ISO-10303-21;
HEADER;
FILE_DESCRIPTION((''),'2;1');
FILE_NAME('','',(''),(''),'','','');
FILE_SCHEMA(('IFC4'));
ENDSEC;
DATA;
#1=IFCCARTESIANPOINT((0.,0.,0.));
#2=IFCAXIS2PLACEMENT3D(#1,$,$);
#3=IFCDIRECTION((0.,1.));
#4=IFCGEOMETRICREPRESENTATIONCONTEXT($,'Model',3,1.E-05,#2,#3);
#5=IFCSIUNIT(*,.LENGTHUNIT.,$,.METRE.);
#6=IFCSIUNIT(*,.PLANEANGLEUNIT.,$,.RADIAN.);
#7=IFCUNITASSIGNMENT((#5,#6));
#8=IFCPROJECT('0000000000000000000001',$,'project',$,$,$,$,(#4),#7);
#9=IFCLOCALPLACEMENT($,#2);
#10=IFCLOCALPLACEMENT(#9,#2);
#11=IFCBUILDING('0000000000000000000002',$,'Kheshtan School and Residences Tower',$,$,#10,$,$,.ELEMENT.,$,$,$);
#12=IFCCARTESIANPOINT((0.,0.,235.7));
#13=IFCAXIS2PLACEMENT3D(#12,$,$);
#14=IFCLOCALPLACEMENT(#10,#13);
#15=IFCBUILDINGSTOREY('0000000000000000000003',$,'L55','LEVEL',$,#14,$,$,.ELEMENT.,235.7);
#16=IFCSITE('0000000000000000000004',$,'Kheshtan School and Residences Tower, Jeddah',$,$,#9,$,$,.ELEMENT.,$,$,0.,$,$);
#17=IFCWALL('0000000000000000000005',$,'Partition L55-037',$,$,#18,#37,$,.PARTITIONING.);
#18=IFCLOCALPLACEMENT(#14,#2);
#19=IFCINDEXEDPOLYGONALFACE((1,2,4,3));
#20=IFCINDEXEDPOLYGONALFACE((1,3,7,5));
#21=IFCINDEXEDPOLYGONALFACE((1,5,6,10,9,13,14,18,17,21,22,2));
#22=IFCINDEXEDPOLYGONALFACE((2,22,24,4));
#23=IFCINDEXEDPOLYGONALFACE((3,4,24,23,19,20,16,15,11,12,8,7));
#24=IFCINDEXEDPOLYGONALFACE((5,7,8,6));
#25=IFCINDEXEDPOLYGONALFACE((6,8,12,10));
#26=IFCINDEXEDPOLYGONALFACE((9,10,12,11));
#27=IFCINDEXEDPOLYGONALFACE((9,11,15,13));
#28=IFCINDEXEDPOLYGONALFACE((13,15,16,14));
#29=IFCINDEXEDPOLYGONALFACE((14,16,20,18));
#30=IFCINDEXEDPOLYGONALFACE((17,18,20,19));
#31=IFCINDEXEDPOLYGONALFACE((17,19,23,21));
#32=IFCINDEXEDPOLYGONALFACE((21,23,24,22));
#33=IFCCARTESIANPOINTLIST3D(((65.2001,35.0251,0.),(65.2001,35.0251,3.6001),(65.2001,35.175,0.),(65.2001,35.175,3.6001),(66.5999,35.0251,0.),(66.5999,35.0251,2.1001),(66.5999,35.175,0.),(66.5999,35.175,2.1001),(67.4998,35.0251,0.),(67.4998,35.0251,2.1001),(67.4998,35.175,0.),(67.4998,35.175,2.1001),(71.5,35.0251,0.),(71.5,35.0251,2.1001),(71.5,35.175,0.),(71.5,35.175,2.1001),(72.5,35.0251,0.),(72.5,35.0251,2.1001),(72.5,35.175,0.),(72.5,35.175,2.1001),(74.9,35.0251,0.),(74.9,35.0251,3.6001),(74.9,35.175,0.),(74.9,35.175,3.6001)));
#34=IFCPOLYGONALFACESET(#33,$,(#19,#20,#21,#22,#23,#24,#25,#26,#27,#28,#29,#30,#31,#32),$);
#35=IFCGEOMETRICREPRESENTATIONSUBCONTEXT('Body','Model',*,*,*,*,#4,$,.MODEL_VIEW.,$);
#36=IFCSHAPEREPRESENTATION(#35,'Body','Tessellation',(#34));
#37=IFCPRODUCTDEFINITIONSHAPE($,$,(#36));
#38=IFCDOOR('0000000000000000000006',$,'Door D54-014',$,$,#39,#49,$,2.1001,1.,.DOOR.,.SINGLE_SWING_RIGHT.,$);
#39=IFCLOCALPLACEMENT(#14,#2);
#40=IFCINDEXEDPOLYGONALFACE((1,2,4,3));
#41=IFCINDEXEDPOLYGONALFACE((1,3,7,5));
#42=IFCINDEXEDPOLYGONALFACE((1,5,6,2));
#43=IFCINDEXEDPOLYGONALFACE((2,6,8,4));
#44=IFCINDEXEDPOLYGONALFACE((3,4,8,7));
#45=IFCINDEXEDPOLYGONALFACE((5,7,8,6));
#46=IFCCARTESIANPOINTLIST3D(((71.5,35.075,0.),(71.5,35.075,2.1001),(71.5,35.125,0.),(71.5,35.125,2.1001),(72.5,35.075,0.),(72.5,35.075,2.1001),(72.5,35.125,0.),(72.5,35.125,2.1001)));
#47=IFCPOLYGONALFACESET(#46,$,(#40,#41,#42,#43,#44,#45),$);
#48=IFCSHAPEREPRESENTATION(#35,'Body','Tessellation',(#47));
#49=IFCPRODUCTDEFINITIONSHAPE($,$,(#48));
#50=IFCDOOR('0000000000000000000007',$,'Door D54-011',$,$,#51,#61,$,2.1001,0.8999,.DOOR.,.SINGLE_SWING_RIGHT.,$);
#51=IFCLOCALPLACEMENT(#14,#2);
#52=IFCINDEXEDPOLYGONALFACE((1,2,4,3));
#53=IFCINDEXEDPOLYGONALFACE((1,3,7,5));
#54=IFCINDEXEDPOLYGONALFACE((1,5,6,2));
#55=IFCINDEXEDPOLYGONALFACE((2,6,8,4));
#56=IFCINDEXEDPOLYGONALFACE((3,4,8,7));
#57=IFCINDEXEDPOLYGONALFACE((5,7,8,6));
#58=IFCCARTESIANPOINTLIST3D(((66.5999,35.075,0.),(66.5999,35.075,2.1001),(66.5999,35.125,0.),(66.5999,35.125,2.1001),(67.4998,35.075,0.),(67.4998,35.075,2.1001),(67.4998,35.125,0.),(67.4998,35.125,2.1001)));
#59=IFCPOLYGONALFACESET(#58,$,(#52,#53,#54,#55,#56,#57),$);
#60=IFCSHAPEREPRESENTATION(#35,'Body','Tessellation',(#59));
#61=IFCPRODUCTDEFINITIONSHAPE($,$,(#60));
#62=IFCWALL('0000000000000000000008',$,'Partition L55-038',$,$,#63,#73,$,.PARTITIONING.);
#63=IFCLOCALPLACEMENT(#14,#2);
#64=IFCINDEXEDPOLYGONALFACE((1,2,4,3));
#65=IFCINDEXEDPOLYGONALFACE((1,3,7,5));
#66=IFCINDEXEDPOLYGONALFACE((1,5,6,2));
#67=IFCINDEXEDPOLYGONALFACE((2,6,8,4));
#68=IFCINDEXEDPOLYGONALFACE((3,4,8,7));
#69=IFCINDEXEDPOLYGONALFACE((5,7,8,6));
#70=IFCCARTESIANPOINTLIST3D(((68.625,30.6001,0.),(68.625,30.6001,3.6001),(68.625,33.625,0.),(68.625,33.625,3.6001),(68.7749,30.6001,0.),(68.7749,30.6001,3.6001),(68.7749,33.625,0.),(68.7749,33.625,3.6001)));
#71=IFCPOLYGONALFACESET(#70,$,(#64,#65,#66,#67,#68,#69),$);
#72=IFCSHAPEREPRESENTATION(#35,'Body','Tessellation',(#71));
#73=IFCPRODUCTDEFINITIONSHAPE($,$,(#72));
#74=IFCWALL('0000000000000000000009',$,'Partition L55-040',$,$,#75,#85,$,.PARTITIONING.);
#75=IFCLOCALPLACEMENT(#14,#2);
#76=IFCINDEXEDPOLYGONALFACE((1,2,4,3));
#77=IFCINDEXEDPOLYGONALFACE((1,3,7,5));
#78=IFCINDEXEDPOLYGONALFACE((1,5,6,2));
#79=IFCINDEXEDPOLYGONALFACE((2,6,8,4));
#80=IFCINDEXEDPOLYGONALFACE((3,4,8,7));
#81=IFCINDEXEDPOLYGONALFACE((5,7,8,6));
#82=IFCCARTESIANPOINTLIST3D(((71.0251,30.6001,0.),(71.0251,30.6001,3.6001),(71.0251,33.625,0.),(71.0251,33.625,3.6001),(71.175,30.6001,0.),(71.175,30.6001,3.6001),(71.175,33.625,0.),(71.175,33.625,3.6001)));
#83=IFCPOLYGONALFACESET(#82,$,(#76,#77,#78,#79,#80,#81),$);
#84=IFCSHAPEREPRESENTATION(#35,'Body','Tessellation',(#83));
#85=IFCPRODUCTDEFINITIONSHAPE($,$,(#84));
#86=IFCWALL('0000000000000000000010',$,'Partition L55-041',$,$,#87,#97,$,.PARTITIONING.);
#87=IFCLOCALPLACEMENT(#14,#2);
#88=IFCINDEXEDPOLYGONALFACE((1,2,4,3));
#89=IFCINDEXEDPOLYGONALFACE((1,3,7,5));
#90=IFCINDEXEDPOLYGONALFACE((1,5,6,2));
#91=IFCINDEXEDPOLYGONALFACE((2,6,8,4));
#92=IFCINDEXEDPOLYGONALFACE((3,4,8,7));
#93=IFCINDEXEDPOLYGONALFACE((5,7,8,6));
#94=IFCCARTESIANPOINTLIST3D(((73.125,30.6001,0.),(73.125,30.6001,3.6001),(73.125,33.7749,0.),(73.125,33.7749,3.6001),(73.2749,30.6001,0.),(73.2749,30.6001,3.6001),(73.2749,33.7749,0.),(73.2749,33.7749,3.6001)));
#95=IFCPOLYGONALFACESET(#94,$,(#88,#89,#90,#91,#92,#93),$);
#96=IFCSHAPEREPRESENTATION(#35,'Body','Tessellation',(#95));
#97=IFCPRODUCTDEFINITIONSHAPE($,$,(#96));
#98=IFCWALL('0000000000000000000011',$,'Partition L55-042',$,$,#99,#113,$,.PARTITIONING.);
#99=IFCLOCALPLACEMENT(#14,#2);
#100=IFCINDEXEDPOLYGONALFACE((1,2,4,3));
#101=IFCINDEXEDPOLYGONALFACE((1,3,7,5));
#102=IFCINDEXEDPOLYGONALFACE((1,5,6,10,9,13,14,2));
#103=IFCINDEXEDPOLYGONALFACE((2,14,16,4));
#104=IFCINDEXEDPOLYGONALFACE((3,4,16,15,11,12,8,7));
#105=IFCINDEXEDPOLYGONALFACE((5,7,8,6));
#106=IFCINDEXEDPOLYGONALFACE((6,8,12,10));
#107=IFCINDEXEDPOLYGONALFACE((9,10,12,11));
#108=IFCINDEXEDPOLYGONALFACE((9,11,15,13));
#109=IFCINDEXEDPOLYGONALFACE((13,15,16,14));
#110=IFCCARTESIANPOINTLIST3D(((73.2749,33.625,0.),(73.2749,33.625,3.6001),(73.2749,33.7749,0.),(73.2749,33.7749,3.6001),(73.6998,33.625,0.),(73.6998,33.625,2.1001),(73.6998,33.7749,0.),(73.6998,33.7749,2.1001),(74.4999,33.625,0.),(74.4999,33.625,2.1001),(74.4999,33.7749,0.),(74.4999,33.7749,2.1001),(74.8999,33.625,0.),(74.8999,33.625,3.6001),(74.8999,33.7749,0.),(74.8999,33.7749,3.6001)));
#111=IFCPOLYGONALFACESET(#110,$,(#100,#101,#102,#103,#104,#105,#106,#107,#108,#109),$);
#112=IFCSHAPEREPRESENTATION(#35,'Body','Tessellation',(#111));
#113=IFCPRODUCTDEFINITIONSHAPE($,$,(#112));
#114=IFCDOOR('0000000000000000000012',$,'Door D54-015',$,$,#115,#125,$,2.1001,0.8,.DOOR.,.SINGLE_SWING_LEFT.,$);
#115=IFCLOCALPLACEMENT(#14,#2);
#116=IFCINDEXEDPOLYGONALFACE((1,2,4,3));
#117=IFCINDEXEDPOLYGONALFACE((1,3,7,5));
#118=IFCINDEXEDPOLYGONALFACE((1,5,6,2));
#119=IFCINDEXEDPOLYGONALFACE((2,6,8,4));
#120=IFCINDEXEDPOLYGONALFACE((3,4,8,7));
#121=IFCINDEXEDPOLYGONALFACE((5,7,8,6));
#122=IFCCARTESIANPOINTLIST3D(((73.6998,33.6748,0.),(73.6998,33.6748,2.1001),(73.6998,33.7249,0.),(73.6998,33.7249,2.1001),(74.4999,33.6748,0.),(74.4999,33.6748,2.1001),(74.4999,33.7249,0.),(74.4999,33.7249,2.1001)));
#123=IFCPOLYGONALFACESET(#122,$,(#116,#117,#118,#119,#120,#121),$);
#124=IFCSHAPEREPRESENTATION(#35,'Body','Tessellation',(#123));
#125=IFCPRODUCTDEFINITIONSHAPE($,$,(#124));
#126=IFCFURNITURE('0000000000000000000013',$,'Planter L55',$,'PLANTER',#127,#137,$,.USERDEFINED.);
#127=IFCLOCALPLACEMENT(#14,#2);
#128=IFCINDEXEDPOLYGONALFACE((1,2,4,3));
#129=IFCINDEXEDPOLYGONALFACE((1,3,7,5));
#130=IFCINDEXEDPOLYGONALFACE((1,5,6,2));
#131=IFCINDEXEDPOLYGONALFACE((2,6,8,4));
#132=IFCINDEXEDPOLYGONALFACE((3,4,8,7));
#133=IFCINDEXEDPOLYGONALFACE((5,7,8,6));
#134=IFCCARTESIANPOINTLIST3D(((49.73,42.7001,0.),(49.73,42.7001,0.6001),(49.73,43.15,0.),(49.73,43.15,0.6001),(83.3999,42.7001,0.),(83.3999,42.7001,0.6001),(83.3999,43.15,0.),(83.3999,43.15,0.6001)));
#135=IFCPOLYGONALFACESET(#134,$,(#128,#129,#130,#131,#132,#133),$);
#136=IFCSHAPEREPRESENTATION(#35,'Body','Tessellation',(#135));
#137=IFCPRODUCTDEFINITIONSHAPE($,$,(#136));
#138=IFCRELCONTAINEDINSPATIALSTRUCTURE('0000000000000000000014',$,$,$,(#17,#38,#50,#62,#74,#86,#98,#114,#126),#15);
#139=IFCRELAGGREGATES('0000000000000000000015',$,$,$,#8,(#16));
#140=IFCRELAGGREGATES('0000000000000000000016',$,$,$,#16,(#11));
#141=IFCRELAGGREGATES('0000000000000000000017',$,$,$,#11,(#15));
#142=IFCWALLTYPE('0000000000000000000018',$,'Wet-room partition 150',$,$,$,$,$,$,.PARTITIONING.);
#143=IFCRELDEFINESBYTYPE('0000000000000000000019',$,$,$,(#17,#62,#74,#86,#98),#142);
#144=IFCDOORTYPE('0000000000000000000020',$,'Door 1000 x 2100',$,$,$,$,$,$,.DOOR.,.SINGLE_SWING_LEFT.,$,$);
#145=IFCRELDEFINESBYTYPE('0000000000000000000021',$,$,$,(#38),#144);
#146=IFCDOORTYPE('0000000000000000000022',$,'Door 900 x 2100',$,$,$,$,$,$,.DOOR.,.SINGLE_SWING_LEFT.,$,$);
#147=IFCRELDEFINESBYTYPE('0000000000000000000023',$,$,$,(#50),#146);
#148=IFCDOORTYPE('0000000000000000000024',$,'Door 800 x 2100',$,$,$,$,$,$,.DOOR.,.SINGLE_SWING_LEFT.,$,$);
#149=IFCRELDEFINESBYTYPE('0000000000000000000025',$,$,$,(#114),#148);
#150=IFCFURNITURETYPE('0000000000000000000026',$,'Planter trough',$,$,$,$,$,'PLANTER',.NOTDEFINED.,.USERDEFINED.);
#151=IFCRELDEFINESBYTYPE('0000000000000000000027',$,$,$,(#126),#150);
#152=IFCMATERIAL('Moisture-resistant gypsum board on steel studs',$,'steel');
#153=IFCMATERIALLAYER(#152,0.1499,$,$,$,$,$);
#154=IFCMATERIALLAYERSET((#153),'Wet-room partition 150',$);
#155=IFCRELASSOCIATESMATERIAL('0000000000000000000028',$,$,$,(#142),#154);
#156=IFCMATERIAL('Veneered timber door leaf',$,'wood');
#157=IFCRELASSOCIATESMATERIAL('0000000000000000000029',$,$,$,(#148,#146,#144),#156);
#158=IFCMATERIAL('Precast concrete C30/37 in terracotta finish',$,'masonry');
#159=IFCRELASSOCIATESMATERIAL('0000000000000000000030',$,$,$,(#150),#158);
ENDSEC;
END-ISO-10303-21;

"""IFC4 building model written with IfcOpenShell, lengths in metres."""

from ifc_helpers import new_model, si_unit, direction, frame, frame_2d, origin, origin_2d, place, context, subcontext, project, spatial, rectangle, extrude, source, transform, mapped, material, layer, layer_set, type_object, element, fill, save


model = new_model("IFC4")

# Units and contexts
model_context = context("Model", 3, precision=1e-05, world=origin(), true_north=direction((0.0, 1.0)))
body_context = subcontext(model_context, "Body", "Model", "MODEL_VIEW")
ifc_project = project(units=[si_unit("LENGTHUNIT", "METRE"), si_unit("PLANEANGLEUNIT", "RADIAN")], contexts=[model_context])

# Site, building, storey
site_placement = place(None, origin())
site = spatial("IfcSite", under=ifc_project, at=site_placement, Name="Kheshtan School and Residences Tower, Jeddah", CompositionType="ELEMENT", RefElevation=0.0)
building_placement = place(site_placement, origin())
building = spatial("IfcBuilding", under=site, at=building_placement, Name="Kheshtan School and Residences Tower", CompositionType="ELEMENT")
storey_placement = place(building_placement, frame((0.0, 0.0, 235.7)))
storey = spatial("IfcBuildingStorey", under=building, at=storey_placement, Name="L55", Description="LEVEL", CompositionType="ELEMENT", Elevation=235.7)

# Wall, openings, doors
ifc_material_1 = material(Name="Moisture-resistant gypsum board on steel studs", Category="steel")
ifc_layer_1 = layer(ifc_material_1, 0.1499)
ifc_layer_set_1 = layer_set([ifc_layer_1], Name="Wet-room partition 150")
wall_type_1 = type_object("IfcWallType", Name="Wet-room partition 150", PredefinedType="PARTITIONING", material=ifc_layer_set_1)
ifc_material_2 = material(Name="Veneered timber door leaf", Category="wood")
door_type_1 = type_object("IfcDoorType", Name="Door 800 x 2100", OperationType="SINGLE_SWING_LEFT", PredefinedType="DOOR", material=ifc_material_2)
shared_shape_1 = source(origin(), body_context, "Body", "SweptSolid", [
    extrude(rectangle(XDim=0.8, YDim=2.1001, at=frame_2d((0.3999, 1.05))), frame((0.0, 0.0249, 0.0), z_axis=(0.0, -1.0, 0.0), x_axis=(1.0, 0.0, 0.0)), (0.0, 0.0, 1.0), 0.05),
])
door_type_2 = type_object("IfcDoorType", Name="Door 900 x 2100", OperationType="SINGLE_SWING_LEFT", PredefinedType="DOOR", material=ifc_material_2)
shared_shape_2 = source(origin(), body_context, "Body", "SweptSolid", [
    extrude(rectangle(XDim=0.8999, YDim=2.1001, at=frame_2d((0.45, 1.05))), frame((0.0, 0.0249, 0.0), z_axis=(0.0, -1.0, 0.0), x_axis=(1.0, 0.0, 0.0)), (0.0, 0.0, 1.0), 0.05),
])
wall_1_placement = place(storey_placement, frame((65.2, 35.1001, 0.0), z_axis=(0.0, 0.0, 1.0), x_axis=(1.0, 0.0, 0.0)))
wall_1 = element("IfcWall", 1, at=wall_1_placement, inside=storey, type_object=wall_type_1, Name="Partition L55-037", PredefinedType="PARTITIONING", context=body_context, shape_type="SweptSolid", body=[
    extrude(rectangle(XDim=9.7, YDim=0.1499, at=frame_2d((4.8501, 0.0))), origin(), (0.0, 0.0, 1.0), 3.6001),
])
opening_1_placement = place(wall_1_placement, frame((1.3999, 0.0, 0.0)))
opening_1 = element("IfcOpeningElement", 2, at=opening_1_placement, cuts=wall_1, PredefinedType="OPENING", context=body_context, shape_type="SweptSolid", body=[
    extrude(rectangle(XDim=0.8999, YDim=2.1001, at=frame_2d((0.45, 1.05))), frame((0.0, 0.085, 0.0), z_axis=(0.0, -1.0, 0.0), x_axis=(1.0, 0.0, 0.0)), (0.0, 0.0, 1.0), 0.1699),
])
opening_2_placement = place(wall_1_placement, frame((6.3, 0.0, 0.0)))
opening_2 = element("IfcOpeningElement", 3, at=opening_2_placement, cuts=wall_1, PredefinedType="OPENING", context=body_context, shape_type="SweptSolid", body=[
    extrude(rectangle(XDim=1.0, YDim=2.1001, at=frame_2d((0.5, 1.05))), frame((0.0, 0.085, 0.0), z_axis=(0.0, -1.0, 0.0), x_axis=(1.0, 0.0, 0.0)), (0.0, 0.0, 1.0), 0.1699),
])
door_type_3 = type_object("IfcDoorType", Name="Door 1000 x 2100", OperationType="SINGLE_SWING_LEFT", PredefinedType="DOOR", material=ifc_material_2)
shared_shape_3 = source(origin(), body_context, "Body", "SweptSolid", [
    extrude(rectangle(XDim=1.0, YDim=2.1001, at=frame_2d((0.5, 1.05))), frame((0.0, 0.0249, 0.0), z_axis=(0.0, -1.0, 0.0), x_axis=(1.0, 0.0, 0.0)), (0.0, 0.0, 1.0), 0.05),
])
door_1_placement = place(opening_2_placement, origin())
door_1 = element("IfcDoor", 4, at=door_1_placement, inside=storey, type_object=door_type_3, Name="Door D54-014", OperationType="SINGLE_SWING_RIGHT", OverallHeight=2.1001, OverallWidth=1.0, PredefinedType="DOOR", context=body_context, shape_type="MappedRepresentation", body=[
    mapped(shared_shape_3, transform((0.0, 0.0, 0.0), x_axis=(1.0, 0.0, 0.0), y_axis=(0.0, 1.0, 0.0), z_axis=(0.0, 0.0, 1.0), scale=1.0)),
])
fill(opening_2, door_1)
door_2_placement = place(opening_1_placement, origin())
door_2 = element("IfcDoor", 5, at=door_2_placement, inside=storey, type_object=door_type_2, Name="Door D54-011", OperationType="SINGLE_SWING_RIGHT", OverallHeight=2.1001, OverallWidth=0.8999, PredefinedType="DOOR", context=body_context, shape_type="MappedRepresentation", body=[
    mapped(shared_shape_2, transform((0.0, 0.0, 0.0), x_axis=(1.0, 0.0, 0.0), y_axis=(0.0, 1.0, 0.0), z_axis=(0.0, 0.0, 1.0), scale=1.0)),
])
fill(opening_1, door_2)

# Walls
for number, where, z_axis, x_axis, name in (
    (6, (68.7, 30.6001, 0.0), (0.0, 0.0, 1.0), (0.0, 1.0, 0.0), "Partition L55-038"),
    (7, (71.1001, 30.6001, 0.0), (0.0, 0.0, 1.0), (0.0, 1.0, 0.0), "Partition L55-040"),
):
    element("IfcWall", number, at=place(storey_placement, frame(where, z_axis=z_axis, x_axis=x_axis)), inside=storey, type_object=wall_type_1, Name=name, PredefinedType="PARTITIONING", context=body_context, shape_type="SweptSolid", body=[
        extrude(rectangle(XDim=3.0249, YDim=0.1499, at=frame_2d((1.5125, 0.0))), origin(), (0.0, 0.0, 1.0), 3.6001),
    ])
wall_2_placement = place(storey_placement, frame((73.2, 30.6001, 0.0), z_axis=(0.0, 0.0, 1.0), x_axis=(0.0, 1.0, 0.0)))
element("IfcWall", 8, at=wall_2_placement, inside=storey, type_object=wall_type_1, Name="Partition L55-041", PredefinedType="PARTITIONING", context=body_context, shape_type="SweptSolid", body=[
    extrude(rectangle(XDim=3.1748, YDim=0.1499, at=frame_2d((1.5874, 0.0))), origin(), (0.0, 0.0, 1.0), 3.6001),
])

# Wall, opening, door
wall_3_placement = place(storey_placement, frame((73.2749, 33.7, 0.0), z_axis=(0.0, 0.0, 1.0), x_axis=(1.0, 0.0, 0.0)))
wall_3 = element("IfcWall", 9, at=wall_3_placement, inside=storey, type_object=wall_type_1, Name="Partition L55-042", PredefinedType="PARTITIONING", context=body_context, shape_type="SweptSolid", body=[
    extrude(rectangle(XDim=1.625, YDim=0.1499, at=frame_2d((0.8125, 0.0))), origin(), (0.0, 0.0, 1.0), 3.6001),
])
opening_3_placement = place(wall_3_placement, frame((0.425, 0.0, 0.0)))
opening_3 = element("IfcOpeningElement", 10, at=opening_3_placement, cuts=wall_3, PredefinedType="OPENING", context=body_context, shape_type="SweptSolid", body=[
    extrude(rectangle(XDim=0.8, YDim=2.1001, at=frame_2d((0.3999, 1.05))), frame((0.0, 0.085, 0.0), z_axis=(0.0, -1.0, 0.0), x_axis=(1.0, 0.0, 0.0)), (0.0, 0.0, 1.0), 0.1699),
])
door_3_placement = place(opening_3_placement, origin())
door_3 = element("IfcDoor", 11, at=door_3_placement, inside=storey, type_object=door_type_1, Name="Door D54-015", OperationType="SINGLE_SWING_LEFT", OverallHeight=2.1001, OverallWidth=0.8, PredefinedType="DOOR", context=body_context, shape_type="MappedRepresentation", body=[
    mapped(shared_shape_1, transform((0.0, 0.0, 0.0), x_axis=(1.0, 0.0, 0.0), y_axis=(0.0, 1.0, 0.0), z_axis=(0.0, 0.0, 1.0), scale=1.0)),
])
fill(opening_3, door_3)

# Furniture
ifc_material_3 = material(Name="Precast concrete C30/37 in terracotta finish", Category="masonry")
furniture_type = type_object("IfcFurnitureType", Name="Planter trough", ElementType="PLANTER", AssemblyPlace="NOTDEFINED", PredefinedType="USERDEFINED", material=ifc_material_3)
furniture_placement = place(storey_placement, frame((66.5649, 42.925, 0.0), z_axis=(0.0, 0.0, 1.0), x_axis=(1.0, 0.0, 0.0)))
element("IfcFurniture", 12, at=furniture_placement, inside=storey, type_object=furniture_type, Name="Planter L55", ObjectType="PLANTER", PredefinedType="USERDEFINED", context=body_context, shape_type="SweptSolid", body=[
    extrude(rectangle(XDim=33.6699, YDim=0.45, at=origin_2d()), origin(), (0.0, 0.0, 1.0), 0.6001),
])

save(model, "model.ifc")
